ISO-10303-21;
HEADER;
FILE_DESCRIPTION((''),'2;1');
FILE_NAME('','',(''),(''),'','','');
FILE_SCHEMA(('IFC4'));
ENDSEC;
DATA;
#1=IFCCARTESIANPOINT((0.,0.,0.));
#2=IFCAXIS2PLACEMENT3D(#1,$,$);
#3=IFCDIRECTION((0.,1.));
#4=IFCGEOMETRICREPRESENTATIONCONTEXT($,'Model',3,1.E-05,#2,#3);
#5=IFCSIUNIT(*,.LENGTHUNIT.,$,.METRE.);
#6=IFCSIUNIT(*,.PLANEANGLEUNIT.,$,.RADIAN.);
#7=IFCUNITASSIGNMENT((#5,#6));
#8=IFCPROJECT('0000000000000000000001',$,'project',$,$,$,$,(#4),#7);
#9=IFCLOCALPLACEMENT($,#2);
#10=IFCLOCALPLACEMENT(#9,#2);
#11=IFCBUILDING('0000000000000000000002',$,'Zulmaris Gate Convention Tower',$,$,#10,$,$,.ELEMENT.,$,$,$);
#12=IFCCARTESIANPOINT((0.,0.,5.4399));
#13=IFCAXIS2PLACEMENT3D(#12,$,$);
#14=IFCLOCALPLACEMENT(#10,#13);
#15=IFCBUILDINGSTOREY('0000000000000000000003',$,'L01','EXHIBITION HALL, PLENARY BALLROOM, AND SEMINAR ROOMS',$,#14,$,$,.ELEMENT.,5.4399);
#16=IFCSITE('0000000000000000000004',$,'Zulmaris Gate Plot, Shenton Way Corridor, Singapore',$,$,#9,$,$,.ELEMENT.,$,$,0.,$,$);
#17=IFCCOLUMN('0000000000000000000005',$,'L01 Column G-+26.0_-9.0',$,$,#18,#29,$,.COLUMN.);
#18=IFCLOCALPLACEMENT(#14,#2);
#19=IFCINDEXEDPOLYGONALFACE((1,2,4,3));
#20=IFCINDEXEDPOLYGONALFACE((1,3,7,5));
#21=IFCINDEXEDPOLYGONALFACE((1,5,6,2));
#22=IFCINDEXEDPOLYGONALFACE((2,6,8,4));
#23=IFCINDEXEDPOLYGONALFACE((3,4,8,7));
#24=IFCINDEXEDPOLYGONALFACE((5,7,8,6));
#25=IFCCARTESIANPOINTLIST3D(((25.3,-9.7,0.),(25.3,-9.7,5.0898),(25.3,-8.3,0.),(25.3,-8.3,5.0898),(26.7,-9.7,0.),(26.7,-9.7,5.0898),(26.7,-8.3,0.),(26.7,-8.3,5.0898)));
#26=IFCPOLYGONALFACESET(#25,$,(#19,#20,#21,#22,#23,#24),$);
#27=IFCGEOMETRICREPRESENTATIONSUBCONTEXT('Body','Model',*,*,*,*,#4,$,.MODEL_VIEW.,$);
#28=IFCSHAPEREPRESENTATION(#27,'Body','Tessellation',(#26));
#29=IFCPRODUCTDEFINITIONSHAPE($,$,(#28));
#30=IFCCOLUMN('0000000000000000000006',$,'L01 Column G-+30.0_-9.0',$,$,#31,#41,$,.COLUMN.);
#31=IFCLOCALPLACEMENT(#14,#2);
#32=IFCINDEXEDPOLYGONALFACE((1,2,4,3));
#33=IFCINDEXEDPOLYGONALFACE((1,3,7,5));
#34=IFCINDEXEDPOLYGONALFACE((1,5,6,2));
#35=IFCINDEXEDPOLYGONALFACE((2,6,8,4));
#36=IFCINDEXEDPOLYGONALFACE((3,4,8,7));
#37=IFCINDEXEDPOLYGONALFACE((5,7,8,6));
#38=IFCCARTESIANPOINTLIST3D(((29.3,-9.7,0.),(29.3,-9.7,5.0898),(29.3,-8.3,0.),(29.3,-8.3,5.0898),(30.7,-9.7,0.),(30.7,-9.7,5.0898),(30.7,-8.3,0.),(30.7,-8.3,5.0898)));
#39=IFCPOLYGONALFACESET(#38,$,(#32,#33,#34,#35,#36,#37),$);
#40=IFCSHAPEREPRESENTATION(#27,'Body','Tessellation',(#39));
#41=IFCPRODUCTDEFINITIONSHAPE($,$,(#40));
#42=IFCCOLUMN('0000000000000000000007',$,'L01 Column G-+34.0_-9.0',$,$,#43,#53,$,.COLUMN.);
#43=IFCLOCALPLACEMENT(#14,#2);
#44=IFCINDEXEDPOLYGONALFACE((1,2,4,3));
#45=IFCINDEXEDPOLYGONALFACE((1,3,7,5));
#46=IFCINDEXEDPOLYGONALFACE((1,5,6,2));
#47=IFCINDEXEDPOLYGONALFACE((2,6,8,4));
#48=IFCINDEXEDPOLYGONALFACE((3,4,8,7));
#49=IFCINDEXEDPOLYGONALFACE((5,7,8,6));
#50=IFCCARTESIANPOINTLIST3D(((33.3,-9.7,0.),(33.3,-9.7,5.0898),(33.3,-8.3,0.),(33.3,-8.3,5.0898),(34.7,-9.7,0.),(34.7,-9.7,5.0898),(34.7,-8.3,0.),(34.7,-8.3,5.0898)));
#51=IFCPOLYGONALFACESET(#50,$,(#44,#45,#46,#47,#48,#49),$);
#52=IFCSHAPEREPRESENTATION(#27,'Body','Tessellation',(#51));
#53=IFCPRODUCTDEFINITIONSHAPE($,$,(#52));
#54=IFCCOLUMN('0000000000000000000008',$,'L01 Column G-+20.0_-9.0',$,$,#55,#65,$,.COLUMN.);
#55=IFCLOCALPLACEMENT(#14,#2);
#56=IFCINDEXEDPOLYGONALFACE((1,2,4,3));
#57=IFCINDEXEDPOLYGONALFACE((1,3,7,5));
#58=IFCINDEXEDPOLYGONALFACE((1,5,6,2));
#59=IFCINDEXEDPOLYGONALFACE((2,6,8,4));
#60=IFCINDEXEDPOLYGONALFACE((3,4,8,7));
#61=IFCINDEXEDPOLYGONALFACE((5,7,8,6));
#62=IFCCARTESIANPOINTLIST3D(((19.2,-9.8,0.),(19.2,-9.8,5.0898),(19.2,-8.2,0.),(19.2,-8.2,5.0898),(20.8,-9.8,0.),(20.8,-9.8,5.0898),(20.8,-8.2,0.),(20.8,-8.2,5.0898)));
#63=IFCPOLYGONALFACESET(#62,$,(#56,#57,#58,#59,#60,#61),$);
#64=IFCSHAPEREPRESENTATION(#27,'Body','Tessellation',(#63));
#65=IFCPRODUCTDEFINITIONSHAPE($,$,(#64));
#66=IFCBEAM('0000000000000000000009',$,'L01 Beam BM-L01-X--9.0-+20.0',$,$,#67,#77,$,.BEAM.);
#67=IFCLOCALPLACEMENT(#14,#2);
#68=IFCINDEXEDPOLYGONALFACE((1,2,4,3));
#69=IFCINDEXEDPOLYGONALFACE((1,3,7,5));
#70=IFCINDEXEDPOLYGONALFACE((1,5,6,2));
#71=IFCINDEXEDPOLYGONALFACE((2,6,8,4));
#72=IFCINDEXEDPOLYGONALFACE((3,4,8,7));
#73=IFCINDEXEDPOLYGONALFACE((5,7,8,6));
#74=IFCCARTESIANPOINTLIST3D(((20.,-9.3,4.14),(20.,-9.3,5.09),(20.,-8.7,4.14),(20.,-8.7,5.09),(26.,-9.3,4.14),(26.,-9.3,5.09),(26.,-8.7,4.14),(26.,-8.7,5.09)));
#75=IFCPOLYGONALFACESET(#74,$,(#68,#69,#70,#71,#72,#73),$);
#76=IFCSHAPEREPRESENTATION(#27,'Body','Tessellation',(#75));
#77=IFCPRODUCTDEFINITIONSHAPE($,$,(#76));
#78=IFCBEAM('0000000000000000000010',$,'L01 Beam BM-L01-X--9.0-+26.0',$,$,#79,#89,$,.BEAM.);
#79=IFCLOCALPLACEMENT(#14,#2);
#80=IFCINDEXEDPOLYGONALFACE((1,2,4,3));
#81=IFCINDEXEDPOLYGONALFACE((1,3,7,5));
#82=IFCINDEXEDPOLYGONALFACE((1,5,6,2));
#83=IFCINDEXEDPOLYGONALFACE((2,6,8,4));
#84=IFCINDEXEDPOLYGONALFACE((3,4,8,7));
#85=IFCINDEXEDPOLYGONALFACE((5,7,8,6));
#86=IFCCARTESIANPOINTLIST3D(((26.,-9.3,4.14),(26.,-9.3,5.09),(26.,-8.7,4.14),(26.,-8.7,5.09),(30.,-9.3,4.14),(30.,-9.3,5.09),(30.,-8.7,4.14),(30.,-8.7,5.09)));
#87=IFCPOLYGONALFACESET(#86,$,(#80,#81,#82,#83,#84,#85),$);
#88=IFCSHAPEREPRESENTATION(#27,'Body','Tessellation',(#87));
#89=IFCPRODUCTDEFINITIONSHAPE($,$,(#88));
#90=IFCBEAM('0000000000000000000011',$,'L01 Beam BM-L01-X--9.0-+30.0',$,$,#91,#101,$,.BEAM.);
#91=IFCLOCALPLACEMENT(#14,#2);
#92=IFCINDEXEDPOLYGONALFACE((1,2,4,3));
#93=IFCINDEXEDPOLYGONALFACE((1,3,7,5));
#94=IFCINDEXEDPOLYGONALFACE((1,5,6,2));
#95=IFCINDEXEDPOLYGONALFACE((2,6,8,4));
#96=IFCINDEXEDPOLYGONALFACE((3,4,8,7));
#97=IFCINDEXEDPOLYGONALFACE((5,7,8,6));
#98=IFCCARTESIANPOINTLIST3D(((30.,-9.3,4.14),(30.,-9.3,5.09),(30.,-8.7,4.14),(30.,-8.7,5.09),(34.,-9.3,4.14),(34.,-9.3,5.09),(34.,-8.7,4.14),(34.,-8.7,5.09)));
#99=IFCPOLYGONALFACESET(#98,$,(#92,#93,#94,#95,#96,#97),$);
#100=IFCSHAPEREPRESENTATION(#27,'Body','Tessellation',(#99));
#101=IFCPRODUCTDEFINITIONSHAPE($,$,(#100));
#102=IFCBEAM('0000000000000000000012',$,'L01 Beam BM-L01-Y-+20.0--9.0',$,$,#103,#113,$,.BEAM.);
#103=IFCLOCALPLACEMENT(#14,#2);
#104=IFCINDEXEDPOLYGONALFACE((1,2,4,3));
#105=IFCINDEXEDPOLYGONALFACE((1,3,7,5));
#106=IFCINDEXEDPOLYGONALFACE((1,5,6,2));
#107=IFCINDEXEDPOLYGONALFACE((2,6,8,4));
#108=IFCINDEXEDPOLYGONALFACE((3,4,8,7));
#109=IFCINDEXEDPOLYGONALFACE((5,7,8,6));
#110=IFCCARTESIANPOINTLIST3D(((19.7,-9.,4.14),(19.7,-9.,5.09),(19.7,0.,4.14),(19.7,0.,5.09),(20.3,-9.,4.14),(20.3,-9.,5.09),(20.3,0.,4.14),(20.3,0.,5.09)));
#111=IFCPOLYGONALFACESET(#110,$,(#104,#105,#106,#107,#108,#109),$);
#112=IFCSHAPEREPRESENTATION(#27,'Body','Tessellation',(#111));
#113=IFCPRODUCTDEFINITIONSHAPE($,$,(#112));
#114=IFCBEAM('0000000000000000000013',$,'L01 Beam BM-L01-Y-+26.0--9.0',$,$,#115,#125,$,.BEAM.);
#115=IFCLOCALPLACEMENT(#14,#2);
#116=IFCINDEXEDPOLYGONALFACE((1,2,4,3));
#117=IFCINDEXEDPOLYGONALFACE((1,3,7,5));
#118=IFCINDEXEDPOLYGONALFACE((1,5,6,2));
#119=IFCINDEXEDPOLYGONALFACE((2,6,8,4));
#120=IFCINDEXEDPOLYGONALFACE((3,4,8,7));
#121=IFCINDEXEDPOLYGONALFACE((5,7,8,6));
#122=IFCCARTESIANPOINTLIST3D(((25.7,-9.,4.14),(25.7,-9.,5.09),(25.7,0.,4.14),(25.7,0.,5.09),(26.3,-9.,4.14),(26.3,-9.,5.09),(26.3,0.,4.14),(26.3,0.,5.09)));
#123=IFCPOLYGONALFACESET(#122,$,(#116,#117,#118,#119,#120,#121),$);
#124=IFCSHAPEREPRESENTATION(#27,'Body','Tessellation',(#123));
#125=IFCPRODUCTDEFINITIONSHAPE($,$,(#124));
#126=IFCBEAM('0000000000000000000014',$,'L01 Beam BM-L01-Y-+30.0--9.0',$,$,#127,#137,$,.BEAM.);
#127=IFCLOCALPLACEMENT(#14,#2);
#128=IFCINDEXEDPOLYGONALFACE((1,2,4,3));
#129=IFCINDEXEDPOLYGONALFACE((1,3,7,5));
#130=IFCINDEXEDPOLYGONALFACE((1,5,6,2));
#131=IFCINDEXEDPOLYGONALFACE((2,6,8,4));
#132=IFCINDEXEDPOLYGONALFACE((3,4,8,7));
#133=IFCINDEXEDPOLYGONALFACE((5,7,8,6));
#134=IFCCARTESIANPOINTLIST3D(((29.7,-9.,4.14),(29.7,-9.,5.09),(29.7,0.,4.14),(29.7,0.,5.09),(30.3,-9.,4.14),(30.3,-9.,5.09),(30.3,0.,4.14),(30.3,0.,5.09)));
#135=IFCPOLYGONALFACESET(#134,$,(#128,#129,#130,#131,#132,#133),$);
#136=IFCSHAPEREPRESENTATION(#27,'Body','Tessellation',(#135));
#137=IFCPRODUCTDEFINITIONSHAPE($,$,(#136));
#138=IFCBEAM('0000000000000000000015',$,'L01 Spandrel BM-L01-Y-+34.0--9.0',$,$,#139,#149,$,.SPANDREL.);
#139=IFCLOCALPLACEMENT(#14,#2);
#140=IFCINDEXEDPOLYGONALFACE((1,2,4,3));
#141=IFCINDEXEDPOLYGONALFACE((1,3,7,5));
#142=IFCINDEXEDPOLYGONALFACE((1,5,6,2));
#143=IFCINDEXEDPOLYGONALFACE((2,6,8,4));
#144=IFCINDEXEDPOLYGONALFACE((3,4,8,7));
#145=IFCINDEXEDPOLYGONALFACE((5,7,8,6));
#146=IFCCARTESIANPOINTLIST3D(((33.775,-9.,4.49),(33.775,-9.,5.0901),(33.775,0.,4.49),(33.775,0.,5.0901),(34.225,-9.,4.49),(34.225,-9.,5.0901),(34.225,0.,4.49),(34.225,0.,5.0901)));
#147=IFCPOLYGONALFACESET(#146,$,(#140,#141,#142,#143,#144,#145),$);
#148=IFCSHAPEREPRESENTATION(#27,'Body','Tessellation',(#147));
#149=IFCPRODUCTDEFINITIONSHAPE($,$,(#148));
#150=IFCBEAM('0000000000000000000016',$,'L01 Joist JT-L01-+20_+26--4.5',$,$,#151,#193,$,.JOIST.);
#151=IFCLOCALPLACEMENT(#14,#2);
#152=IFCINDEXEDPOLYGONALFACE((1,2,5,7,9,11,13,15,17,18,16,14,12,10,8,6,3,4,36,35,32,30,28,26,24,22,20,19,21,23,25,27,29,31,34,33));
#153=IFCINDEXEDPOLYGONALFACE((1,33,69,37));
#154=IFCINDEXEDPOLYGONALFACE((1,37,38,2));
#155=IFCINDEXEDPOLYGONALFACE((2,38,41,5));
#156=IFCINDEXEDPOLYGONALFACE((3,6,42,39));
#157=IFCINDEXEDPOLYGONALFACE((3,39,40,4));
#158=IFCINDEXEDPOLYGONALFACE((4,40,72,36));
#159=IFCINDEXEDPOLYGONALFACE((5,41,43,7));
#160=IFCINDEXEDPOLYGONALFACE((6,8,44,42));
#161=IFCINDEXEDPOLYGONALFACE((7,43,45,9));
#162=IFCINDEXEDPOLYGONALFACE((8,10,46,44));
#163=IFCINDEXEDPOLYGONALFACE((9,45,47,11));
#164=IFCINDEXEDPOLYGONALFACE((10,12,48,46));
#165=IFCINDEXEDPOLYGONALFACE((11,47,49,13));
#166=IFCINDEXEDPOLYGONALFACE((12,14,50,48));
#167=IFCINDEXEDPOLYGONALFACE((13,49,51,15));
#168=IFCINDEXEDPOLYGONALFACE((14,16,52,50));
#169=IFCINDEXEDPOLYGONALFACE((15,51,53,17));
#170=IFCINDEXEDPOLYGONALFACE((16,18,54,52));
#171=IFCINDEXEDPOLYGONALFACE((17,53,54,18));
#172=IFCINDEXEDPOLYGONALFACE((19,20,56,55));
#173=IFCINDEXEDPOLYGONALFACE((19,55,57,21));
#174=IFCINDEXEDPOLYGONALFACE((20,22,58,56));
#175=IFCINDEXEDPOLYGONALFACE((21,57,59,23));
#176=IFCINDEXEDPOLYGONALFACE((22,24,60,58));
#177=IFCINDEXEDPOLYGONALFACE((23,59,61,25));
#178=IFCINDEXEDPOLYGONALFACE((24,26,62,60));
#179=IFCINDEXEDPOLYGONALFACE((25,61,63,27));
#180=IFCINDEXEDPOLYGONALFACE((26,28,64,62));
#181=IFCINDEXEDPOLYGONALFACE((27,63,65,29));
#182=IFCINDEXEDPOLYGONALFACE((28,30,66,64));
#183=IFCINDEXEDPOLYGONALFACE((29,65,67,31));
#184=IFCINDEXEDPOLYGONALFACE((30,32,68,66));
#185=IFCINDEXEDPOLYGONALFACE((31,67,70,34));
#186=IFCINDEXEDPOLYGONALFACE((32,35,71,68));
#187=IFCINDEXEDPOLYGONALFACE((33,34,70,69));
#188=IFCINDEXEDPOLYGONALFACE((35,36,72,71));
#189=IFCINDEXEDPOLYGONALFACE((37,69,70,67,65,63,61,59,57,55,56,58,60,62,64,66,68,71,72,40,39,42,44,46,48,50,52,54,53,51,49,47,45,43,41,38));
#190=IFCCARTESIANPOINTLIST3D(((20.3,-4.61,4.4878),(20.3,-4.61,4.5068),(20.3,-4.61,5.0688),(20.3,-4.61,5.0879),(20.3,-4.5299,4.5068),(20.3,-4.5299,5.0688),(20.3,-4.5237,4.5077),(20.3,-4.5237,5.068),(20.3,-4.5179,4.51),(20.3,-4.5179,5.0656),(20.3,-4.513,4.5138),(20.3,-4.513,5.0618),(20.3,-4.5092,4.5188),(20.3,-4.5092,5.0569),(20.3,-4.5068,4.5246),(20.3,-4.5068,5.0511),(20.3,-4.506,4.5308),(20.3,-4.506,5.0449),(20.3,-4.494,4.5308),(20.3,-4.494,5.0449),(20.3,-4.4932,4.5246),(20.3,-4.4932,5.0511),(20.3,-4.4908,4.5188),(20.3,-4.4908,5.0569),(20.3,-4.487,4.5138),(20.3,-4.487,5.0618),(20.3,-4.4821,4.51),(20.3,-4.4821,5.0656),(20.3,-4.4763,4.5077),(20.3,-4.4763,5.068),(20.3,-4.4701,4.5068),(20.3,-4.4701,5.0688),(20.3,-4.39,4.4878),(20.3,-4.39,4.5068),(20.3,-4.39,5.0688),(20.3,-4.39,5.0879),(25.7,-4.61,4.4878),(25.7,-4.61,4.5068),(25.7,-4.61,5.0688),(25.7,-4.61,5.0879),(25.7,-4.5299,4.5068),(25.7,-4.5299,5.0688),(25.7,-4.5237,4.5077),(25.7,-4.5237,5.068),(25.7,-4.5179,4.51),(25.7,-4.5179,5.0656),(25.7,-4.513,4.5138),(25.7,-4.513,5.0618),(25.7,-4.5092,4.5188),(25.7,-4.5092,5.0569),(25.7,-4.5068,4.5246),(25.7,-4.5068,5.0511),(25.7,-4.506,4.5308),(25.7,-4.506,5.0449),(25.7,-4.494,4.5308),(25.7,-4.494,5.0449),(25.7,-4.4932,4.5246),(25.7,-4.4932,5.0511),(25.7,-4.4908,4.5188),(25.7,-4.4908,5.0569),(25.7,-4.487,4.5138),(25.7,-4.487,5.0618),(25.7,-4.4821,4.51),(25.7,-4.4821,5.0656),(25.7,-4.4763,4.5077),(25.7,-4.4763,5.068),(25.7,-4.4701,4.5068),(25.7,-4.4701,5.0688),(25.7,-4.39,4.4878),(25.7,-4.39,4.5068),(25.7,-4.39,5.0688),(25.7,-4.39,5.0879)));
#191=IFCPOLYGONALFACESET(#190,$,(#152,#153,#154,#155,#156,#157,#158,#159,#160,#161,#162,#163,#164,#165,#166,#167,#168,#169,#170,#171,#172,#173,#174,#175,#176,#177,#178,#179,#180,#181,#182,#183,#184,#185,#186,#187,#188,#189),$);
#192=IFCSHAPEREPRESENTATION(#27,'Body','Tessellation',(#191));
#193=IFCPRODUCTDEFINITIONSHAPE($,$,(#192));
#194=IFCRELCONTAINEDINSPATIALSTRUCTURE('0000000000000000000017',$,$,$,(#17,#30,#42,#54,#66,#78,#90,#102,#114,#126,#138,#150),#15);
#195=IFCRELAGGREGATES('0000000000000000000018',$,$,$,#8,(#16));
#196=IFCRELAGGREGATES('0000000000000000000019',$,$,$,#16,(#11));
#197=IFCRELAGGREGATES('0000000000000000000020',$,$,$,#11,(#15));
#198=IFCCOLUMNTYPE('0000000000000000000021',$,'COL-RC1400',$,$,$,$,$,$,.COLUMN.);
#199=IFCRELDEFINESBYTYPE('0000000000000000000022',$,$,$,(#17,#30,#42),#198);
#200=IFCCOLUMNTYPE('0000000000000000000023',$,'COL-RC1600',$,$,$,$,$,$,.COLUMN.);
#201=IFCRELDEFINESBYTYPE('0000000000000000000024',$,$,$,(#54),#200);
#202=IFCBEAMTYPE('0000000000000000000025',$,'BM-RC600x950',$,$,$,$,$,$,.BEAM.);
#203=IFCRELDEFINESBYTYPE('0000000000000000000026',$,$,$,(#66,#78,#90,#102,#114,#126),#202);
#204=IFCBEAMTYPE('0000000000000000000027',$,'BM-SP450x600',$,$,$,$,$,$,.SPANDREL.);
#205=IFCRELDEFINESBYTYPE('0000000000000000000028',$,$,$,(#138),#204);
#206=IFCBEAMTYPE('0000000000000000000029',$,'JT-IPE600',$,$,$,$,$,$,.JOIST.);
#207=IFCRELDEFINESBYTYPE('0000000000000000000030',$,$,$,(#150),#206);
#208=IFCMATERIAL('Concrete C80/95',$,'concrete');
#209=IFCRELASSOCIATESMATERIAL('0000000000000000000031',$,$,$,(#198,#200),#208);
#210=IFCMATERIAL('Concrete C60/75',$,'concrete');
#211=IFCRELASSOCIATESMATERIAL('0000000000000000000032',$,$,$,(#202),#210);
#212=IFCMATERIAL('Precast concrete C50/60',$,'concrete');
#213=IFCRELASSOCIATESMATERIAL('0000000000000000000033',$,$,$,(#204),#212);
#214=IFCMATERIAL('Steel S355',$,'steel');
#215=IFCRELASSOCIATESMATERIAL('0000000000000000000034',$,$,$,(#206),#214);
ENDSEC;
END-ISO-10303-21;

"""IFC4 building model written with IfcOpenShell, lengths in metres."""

from ifc_helpers import new_model, si_unit, direction, frame, origin, origin_2d, place, context, subcontext, project, spatial, rectangle, i_section, extrude, material, material_profile, profile_set, type_object, element, save


model = new_model("IFC4")

# Units and contexts
model_context = context("Model", 3, precision=1e-05, world=origin(), true_north=direction((0.0, 1.0)))
body_context = subcontext(model_context, "Body", "Model", "MODEL_VIEW")
ifc_project = project(units=[si_unit("LENGTHUNIT", "METRE"), si_unit("PLANEANGLEUNIT", "RADIAN")], contexts=[model_context])

# Site, building, storey
site_placement = place(None, origin())
site = spatial("IfcSite", under=ifc_project, at=site_placement, Name="Zulmaris Gate Plot, Shenton Way Corridor, Singapore", CompositionType="ELEMENT", RefElevation=0.0)
building_placement = place(site_placement, origin())
building = spatial("IfcBuilding", under=site, at=building_placement, Name="Zulmaris Gate Convention Tower", CompositionType="ELEMENT")
storey_placement = place(building_placement, frame((0.0, 0.0, 5.4399)))
storey = spatial("IfcBuildingStorey", under=building, at=storey_placement, Name="L01", Description="EXHIBITION HALL, PLENARY BALLROOM, AND SEMINAR ROOMS", CompositionType="ELEMENT", Elevation=5.4399)

# Columns
ifc_material_1 = material(Name="Concrete C80/95", Category="concrete")
ifc_material_profile_1 = material_profile(ifc_material_1, rectangle(XDim=1.3999, YDim=1.3999, at=origin_2d()), Name="RC COL 1400x1400")
ifc_profile_set_1 = profile_set([ifc_material_profile_1], Name="Concrete C80/95")
column_type_1 = type_object("IfcColumnType", Name="COL-RC1400", PredefinedType="COLUMN", material=ifc_profile_set_1)
for number, where, z_axis, x_axis, name in (
    (1, (26.0, -9.0, 0.0), (0.0, 0.0, 1.0), (1.0, 0.0, 0.0), "L01 Column G-+26.0_-9.0"),
    (2, (30.0, -9.0, 0.0), (0.0, 0.0, 1.0), (1.0, 0.0, 0.0), "L01 Column G-+30.0_-9.0"),
    (3, (34.0, -9.0, 0.0), (0.0, 0.0, 1.0), (1.0, 0.0, 0.0), "L01 Column G-+34.0_-9.0"),
):
    element("IfcColumn", number, at=place(storey_placement, frame(where, z_axis=z_axis, x_axis=x_axis)), inside=storey, type_object=column_type_1, Name=name, PredefinedType="COLUMN", context=body_context, shape_type="SweptSolid", body=[
        extrude(rectangle(XDim=1.3999, YDim=1.3999, at=origin_2d()), origin(), (0.0, 0.0, 1.0), 5.0898),
    ])
ifc_material_profile_2 = material_profile(ifc_material_1, rectangle(XDim=1.6001, YDim=1.6001, at=origin_2d()), Name="RC COL 1600x1600")
ifc_profile_set_2 = profile_set([ifc_material_profile_2], Name="Concrete C80/95")
column_type_2 = type_object("IfcColumnType", Name="COL-RC1600", PredefinedType="COLUMN", material=ifc_profile_set_2)
column_placement = place(storey_placement, frame((20.0, -9.0, 0.0), z_axis=(0.0, 0.0, 1.0), x_axis=(1.0, 0.0, 0.0)))
element("IfcColumn", 4, at=column_placement, inside=storey, type_object=column_type_2, Name="L01 Column G-+20.0_-9.0", PredefinedType="COLUMN", context=body_context, shape_type="SweptSolid", body=[
    extrude(rectangle(XDim=1.6001, YDim=1.6001, at=origin_2d()), origin(), (0.0, 0.0, 1.0), 5.0898),
])

# Beams
ifc_material_2 = material(Name="Concrete C60/75", Category="concrete")
ifc_material_profile_3 = material_profile(ifc_material_2, rectangle(XDim=0.6001, YDim=0.95, at=origin_2d()), Name="RC BEAM 600x950")
ifc_profile_set_3 = profile_set([ifc_material_profile_3], Name="Concrete C60/75")
beam_type_1 = type_object("IfcBeamType", Name="BM-RC600x950", PredefinedType="BEAM", material=ifc_profile_set_3)
beam_1_placement = place(storey_placement, frame((20.0, -9.0, 4.615), z_axis=(1.0, 0.0, 0.0), x_axis=(0.0, 1.0, 0.0)))
element("IfcBeam", 5, at=beam_1_placement, inside=storey, type_object=beam_type_1, Name="L01 Beam BM-L01-X--9.0-+20.0", PredefinedType="BEAM", context=body_context, shape_type="SweptSolid", body=[
    extrude(rectangle(XDim=0.6001, YDim=0.95, at=origin_2d()), origin(), (0.0, 0.0, 1.0), 6.0),
])
for number, where, z_axis, x_axis, name in (
    (6, (26.0, -9.0, 4.615), (1.0, 0.0, 0.0), (0.0, 1.0, 0.0), "L01 Beam BM-L01-X--9.0-+26.0"),
    (7, (30.0, -9.0, 4.615), (1.0, 0.0, 0.0), (0.0, 1.0, 0.0), "L01 Beam BM-L01-X--9.0-+30.0"),
):
    element("IfcBeam", number, at=place(storey_placement, frame(where, z_axis=z_axis, x_axis=x_axis)), inside=storey, type_object=beam_type_1, Name=name, PredefinedType="BEAM", context=body_context, shape_type="SweptSolid", body=[
        extrude(rectangle(XDim=0.6001, YDim=0.95, at=origin_2d()), origin(), (0.0, 0.0, 1.0), 4.0),
    ])
for number, where, z_axis, x_axis, name in (
    (8, (20.0, -9.0, 4.615), (0.0, 1.0, 0.0), (-1.0, 0.0, 0.0), "L01 Beam BM-L01-Y-+20.0--9.0"),
    (9, (26.0, -9.0, 4.615), (0.0, 1.0, 0.0), (-1.0, 0.0, 0.0), "L01 Beam BM-L01-Y-+26.0--9.0"),
    (10, (30.0, -9.0, 4.615), (0.0, 1.0, 0.0), (-1.0, 0.0, 0.0), "L01 Beam BM-L01-Y-+30.0--9.0"),
):
    element("IfcBeam", number, at=place(storey_placement, frame(where, z_axis=z_axis, x_axis=x_axis)), inside=storey, type_object=beam_type_1, Name=name, PredefinedType="BEAM", context=body_context, shape_type="SweptSolid", body=[
        extrude(rectangle(XDim=0.6001, YDim=0.95, at=origin_2d()), origin(), (0.0, 0.0, 1.0), 9.0),
    ])
ifc_material_3 = material(Name="Precast concrete C50/60", Category="concrete")
ifc_material_profile_4 = material_profile(ifc_material_3, rectangle(XDim=0.45, YDim=0.6001, at=origin_2d()), Name="RC SPANDREL 450x600")
ifc_profile_set_4 = profile_set([ifc_material_profile_4], Name="Precast concrete C50/60")
beam_type_2 = type_object("IfcBeamType", Name="BM-SP450x600", PredefinedType="SPANDREL", material=ifc_profile_set_4)
beam_2_placement = place(storey_placement, frame((34.0, -9.0, 4.79), z_axis=(0.0, 1.0, 0.0), x_axis=(-1.0, 0.0, 0.0)))
element("IfcBeam", 11, at=beam_2_placement, inside=storey, type_object=beam_type_2, Name="L01 Spandrel BM-L01-Y-+34.0--9.0", PredefinedType="SPANDREL", context=body_context, shape_type="SweptSolid", body=[
    extrude(rectangle(XDim=0.45, YDim=0.6001, at=origin_2d()), origin(), (0.0, 0.0, 1.0), 9.0),
])
ifc_material_4 = material(Name="Steel S355", Category="steel")
ifc_material_profile_5 = material_profile(ifc_material_4, i_section(OverallWidth=0.22, OverallDepth=0.6001, WebThickness=0.012, FlangeThickness=0.019, FilletRadius=0.0239, at=origin_2d()), Name="IPE 600")
ifc_profile_set_5 = profile_set([ifc_material_profile_5], Name="Steel S355")
beam_type_3 = type_object("IfcBeamType", Name="JT-IPE600", PredefinedType="JOIST", material=ifc_profile_set_5)
beam_3_placement = place(storey_placement, frame((20.3, -4.5, 4.7878), z_axis=(1.0, 0.0, 0.0), x_axis=(0.0, 1.0, 0.0)))
element("IfcBeam", 12, at=beam_3_placement, inside=storey, type_object=beam_type_3, Name="L01 Joist JT-L01-+20_+26--4.5", PredefinedType="JOIST", context=body_context, shape_type="SweptSolid", body=[
    extrude(i_section(OverallWidth=0.22, OverallDepth=0.6001, WebThickness=0.012, FlangeThickness=0.019, FilletRadius=0.0239, at=origin_2d()), origin(), (0.0, 0.0, 1.0), 5.3999),
])

save(model, "model.ifc")
